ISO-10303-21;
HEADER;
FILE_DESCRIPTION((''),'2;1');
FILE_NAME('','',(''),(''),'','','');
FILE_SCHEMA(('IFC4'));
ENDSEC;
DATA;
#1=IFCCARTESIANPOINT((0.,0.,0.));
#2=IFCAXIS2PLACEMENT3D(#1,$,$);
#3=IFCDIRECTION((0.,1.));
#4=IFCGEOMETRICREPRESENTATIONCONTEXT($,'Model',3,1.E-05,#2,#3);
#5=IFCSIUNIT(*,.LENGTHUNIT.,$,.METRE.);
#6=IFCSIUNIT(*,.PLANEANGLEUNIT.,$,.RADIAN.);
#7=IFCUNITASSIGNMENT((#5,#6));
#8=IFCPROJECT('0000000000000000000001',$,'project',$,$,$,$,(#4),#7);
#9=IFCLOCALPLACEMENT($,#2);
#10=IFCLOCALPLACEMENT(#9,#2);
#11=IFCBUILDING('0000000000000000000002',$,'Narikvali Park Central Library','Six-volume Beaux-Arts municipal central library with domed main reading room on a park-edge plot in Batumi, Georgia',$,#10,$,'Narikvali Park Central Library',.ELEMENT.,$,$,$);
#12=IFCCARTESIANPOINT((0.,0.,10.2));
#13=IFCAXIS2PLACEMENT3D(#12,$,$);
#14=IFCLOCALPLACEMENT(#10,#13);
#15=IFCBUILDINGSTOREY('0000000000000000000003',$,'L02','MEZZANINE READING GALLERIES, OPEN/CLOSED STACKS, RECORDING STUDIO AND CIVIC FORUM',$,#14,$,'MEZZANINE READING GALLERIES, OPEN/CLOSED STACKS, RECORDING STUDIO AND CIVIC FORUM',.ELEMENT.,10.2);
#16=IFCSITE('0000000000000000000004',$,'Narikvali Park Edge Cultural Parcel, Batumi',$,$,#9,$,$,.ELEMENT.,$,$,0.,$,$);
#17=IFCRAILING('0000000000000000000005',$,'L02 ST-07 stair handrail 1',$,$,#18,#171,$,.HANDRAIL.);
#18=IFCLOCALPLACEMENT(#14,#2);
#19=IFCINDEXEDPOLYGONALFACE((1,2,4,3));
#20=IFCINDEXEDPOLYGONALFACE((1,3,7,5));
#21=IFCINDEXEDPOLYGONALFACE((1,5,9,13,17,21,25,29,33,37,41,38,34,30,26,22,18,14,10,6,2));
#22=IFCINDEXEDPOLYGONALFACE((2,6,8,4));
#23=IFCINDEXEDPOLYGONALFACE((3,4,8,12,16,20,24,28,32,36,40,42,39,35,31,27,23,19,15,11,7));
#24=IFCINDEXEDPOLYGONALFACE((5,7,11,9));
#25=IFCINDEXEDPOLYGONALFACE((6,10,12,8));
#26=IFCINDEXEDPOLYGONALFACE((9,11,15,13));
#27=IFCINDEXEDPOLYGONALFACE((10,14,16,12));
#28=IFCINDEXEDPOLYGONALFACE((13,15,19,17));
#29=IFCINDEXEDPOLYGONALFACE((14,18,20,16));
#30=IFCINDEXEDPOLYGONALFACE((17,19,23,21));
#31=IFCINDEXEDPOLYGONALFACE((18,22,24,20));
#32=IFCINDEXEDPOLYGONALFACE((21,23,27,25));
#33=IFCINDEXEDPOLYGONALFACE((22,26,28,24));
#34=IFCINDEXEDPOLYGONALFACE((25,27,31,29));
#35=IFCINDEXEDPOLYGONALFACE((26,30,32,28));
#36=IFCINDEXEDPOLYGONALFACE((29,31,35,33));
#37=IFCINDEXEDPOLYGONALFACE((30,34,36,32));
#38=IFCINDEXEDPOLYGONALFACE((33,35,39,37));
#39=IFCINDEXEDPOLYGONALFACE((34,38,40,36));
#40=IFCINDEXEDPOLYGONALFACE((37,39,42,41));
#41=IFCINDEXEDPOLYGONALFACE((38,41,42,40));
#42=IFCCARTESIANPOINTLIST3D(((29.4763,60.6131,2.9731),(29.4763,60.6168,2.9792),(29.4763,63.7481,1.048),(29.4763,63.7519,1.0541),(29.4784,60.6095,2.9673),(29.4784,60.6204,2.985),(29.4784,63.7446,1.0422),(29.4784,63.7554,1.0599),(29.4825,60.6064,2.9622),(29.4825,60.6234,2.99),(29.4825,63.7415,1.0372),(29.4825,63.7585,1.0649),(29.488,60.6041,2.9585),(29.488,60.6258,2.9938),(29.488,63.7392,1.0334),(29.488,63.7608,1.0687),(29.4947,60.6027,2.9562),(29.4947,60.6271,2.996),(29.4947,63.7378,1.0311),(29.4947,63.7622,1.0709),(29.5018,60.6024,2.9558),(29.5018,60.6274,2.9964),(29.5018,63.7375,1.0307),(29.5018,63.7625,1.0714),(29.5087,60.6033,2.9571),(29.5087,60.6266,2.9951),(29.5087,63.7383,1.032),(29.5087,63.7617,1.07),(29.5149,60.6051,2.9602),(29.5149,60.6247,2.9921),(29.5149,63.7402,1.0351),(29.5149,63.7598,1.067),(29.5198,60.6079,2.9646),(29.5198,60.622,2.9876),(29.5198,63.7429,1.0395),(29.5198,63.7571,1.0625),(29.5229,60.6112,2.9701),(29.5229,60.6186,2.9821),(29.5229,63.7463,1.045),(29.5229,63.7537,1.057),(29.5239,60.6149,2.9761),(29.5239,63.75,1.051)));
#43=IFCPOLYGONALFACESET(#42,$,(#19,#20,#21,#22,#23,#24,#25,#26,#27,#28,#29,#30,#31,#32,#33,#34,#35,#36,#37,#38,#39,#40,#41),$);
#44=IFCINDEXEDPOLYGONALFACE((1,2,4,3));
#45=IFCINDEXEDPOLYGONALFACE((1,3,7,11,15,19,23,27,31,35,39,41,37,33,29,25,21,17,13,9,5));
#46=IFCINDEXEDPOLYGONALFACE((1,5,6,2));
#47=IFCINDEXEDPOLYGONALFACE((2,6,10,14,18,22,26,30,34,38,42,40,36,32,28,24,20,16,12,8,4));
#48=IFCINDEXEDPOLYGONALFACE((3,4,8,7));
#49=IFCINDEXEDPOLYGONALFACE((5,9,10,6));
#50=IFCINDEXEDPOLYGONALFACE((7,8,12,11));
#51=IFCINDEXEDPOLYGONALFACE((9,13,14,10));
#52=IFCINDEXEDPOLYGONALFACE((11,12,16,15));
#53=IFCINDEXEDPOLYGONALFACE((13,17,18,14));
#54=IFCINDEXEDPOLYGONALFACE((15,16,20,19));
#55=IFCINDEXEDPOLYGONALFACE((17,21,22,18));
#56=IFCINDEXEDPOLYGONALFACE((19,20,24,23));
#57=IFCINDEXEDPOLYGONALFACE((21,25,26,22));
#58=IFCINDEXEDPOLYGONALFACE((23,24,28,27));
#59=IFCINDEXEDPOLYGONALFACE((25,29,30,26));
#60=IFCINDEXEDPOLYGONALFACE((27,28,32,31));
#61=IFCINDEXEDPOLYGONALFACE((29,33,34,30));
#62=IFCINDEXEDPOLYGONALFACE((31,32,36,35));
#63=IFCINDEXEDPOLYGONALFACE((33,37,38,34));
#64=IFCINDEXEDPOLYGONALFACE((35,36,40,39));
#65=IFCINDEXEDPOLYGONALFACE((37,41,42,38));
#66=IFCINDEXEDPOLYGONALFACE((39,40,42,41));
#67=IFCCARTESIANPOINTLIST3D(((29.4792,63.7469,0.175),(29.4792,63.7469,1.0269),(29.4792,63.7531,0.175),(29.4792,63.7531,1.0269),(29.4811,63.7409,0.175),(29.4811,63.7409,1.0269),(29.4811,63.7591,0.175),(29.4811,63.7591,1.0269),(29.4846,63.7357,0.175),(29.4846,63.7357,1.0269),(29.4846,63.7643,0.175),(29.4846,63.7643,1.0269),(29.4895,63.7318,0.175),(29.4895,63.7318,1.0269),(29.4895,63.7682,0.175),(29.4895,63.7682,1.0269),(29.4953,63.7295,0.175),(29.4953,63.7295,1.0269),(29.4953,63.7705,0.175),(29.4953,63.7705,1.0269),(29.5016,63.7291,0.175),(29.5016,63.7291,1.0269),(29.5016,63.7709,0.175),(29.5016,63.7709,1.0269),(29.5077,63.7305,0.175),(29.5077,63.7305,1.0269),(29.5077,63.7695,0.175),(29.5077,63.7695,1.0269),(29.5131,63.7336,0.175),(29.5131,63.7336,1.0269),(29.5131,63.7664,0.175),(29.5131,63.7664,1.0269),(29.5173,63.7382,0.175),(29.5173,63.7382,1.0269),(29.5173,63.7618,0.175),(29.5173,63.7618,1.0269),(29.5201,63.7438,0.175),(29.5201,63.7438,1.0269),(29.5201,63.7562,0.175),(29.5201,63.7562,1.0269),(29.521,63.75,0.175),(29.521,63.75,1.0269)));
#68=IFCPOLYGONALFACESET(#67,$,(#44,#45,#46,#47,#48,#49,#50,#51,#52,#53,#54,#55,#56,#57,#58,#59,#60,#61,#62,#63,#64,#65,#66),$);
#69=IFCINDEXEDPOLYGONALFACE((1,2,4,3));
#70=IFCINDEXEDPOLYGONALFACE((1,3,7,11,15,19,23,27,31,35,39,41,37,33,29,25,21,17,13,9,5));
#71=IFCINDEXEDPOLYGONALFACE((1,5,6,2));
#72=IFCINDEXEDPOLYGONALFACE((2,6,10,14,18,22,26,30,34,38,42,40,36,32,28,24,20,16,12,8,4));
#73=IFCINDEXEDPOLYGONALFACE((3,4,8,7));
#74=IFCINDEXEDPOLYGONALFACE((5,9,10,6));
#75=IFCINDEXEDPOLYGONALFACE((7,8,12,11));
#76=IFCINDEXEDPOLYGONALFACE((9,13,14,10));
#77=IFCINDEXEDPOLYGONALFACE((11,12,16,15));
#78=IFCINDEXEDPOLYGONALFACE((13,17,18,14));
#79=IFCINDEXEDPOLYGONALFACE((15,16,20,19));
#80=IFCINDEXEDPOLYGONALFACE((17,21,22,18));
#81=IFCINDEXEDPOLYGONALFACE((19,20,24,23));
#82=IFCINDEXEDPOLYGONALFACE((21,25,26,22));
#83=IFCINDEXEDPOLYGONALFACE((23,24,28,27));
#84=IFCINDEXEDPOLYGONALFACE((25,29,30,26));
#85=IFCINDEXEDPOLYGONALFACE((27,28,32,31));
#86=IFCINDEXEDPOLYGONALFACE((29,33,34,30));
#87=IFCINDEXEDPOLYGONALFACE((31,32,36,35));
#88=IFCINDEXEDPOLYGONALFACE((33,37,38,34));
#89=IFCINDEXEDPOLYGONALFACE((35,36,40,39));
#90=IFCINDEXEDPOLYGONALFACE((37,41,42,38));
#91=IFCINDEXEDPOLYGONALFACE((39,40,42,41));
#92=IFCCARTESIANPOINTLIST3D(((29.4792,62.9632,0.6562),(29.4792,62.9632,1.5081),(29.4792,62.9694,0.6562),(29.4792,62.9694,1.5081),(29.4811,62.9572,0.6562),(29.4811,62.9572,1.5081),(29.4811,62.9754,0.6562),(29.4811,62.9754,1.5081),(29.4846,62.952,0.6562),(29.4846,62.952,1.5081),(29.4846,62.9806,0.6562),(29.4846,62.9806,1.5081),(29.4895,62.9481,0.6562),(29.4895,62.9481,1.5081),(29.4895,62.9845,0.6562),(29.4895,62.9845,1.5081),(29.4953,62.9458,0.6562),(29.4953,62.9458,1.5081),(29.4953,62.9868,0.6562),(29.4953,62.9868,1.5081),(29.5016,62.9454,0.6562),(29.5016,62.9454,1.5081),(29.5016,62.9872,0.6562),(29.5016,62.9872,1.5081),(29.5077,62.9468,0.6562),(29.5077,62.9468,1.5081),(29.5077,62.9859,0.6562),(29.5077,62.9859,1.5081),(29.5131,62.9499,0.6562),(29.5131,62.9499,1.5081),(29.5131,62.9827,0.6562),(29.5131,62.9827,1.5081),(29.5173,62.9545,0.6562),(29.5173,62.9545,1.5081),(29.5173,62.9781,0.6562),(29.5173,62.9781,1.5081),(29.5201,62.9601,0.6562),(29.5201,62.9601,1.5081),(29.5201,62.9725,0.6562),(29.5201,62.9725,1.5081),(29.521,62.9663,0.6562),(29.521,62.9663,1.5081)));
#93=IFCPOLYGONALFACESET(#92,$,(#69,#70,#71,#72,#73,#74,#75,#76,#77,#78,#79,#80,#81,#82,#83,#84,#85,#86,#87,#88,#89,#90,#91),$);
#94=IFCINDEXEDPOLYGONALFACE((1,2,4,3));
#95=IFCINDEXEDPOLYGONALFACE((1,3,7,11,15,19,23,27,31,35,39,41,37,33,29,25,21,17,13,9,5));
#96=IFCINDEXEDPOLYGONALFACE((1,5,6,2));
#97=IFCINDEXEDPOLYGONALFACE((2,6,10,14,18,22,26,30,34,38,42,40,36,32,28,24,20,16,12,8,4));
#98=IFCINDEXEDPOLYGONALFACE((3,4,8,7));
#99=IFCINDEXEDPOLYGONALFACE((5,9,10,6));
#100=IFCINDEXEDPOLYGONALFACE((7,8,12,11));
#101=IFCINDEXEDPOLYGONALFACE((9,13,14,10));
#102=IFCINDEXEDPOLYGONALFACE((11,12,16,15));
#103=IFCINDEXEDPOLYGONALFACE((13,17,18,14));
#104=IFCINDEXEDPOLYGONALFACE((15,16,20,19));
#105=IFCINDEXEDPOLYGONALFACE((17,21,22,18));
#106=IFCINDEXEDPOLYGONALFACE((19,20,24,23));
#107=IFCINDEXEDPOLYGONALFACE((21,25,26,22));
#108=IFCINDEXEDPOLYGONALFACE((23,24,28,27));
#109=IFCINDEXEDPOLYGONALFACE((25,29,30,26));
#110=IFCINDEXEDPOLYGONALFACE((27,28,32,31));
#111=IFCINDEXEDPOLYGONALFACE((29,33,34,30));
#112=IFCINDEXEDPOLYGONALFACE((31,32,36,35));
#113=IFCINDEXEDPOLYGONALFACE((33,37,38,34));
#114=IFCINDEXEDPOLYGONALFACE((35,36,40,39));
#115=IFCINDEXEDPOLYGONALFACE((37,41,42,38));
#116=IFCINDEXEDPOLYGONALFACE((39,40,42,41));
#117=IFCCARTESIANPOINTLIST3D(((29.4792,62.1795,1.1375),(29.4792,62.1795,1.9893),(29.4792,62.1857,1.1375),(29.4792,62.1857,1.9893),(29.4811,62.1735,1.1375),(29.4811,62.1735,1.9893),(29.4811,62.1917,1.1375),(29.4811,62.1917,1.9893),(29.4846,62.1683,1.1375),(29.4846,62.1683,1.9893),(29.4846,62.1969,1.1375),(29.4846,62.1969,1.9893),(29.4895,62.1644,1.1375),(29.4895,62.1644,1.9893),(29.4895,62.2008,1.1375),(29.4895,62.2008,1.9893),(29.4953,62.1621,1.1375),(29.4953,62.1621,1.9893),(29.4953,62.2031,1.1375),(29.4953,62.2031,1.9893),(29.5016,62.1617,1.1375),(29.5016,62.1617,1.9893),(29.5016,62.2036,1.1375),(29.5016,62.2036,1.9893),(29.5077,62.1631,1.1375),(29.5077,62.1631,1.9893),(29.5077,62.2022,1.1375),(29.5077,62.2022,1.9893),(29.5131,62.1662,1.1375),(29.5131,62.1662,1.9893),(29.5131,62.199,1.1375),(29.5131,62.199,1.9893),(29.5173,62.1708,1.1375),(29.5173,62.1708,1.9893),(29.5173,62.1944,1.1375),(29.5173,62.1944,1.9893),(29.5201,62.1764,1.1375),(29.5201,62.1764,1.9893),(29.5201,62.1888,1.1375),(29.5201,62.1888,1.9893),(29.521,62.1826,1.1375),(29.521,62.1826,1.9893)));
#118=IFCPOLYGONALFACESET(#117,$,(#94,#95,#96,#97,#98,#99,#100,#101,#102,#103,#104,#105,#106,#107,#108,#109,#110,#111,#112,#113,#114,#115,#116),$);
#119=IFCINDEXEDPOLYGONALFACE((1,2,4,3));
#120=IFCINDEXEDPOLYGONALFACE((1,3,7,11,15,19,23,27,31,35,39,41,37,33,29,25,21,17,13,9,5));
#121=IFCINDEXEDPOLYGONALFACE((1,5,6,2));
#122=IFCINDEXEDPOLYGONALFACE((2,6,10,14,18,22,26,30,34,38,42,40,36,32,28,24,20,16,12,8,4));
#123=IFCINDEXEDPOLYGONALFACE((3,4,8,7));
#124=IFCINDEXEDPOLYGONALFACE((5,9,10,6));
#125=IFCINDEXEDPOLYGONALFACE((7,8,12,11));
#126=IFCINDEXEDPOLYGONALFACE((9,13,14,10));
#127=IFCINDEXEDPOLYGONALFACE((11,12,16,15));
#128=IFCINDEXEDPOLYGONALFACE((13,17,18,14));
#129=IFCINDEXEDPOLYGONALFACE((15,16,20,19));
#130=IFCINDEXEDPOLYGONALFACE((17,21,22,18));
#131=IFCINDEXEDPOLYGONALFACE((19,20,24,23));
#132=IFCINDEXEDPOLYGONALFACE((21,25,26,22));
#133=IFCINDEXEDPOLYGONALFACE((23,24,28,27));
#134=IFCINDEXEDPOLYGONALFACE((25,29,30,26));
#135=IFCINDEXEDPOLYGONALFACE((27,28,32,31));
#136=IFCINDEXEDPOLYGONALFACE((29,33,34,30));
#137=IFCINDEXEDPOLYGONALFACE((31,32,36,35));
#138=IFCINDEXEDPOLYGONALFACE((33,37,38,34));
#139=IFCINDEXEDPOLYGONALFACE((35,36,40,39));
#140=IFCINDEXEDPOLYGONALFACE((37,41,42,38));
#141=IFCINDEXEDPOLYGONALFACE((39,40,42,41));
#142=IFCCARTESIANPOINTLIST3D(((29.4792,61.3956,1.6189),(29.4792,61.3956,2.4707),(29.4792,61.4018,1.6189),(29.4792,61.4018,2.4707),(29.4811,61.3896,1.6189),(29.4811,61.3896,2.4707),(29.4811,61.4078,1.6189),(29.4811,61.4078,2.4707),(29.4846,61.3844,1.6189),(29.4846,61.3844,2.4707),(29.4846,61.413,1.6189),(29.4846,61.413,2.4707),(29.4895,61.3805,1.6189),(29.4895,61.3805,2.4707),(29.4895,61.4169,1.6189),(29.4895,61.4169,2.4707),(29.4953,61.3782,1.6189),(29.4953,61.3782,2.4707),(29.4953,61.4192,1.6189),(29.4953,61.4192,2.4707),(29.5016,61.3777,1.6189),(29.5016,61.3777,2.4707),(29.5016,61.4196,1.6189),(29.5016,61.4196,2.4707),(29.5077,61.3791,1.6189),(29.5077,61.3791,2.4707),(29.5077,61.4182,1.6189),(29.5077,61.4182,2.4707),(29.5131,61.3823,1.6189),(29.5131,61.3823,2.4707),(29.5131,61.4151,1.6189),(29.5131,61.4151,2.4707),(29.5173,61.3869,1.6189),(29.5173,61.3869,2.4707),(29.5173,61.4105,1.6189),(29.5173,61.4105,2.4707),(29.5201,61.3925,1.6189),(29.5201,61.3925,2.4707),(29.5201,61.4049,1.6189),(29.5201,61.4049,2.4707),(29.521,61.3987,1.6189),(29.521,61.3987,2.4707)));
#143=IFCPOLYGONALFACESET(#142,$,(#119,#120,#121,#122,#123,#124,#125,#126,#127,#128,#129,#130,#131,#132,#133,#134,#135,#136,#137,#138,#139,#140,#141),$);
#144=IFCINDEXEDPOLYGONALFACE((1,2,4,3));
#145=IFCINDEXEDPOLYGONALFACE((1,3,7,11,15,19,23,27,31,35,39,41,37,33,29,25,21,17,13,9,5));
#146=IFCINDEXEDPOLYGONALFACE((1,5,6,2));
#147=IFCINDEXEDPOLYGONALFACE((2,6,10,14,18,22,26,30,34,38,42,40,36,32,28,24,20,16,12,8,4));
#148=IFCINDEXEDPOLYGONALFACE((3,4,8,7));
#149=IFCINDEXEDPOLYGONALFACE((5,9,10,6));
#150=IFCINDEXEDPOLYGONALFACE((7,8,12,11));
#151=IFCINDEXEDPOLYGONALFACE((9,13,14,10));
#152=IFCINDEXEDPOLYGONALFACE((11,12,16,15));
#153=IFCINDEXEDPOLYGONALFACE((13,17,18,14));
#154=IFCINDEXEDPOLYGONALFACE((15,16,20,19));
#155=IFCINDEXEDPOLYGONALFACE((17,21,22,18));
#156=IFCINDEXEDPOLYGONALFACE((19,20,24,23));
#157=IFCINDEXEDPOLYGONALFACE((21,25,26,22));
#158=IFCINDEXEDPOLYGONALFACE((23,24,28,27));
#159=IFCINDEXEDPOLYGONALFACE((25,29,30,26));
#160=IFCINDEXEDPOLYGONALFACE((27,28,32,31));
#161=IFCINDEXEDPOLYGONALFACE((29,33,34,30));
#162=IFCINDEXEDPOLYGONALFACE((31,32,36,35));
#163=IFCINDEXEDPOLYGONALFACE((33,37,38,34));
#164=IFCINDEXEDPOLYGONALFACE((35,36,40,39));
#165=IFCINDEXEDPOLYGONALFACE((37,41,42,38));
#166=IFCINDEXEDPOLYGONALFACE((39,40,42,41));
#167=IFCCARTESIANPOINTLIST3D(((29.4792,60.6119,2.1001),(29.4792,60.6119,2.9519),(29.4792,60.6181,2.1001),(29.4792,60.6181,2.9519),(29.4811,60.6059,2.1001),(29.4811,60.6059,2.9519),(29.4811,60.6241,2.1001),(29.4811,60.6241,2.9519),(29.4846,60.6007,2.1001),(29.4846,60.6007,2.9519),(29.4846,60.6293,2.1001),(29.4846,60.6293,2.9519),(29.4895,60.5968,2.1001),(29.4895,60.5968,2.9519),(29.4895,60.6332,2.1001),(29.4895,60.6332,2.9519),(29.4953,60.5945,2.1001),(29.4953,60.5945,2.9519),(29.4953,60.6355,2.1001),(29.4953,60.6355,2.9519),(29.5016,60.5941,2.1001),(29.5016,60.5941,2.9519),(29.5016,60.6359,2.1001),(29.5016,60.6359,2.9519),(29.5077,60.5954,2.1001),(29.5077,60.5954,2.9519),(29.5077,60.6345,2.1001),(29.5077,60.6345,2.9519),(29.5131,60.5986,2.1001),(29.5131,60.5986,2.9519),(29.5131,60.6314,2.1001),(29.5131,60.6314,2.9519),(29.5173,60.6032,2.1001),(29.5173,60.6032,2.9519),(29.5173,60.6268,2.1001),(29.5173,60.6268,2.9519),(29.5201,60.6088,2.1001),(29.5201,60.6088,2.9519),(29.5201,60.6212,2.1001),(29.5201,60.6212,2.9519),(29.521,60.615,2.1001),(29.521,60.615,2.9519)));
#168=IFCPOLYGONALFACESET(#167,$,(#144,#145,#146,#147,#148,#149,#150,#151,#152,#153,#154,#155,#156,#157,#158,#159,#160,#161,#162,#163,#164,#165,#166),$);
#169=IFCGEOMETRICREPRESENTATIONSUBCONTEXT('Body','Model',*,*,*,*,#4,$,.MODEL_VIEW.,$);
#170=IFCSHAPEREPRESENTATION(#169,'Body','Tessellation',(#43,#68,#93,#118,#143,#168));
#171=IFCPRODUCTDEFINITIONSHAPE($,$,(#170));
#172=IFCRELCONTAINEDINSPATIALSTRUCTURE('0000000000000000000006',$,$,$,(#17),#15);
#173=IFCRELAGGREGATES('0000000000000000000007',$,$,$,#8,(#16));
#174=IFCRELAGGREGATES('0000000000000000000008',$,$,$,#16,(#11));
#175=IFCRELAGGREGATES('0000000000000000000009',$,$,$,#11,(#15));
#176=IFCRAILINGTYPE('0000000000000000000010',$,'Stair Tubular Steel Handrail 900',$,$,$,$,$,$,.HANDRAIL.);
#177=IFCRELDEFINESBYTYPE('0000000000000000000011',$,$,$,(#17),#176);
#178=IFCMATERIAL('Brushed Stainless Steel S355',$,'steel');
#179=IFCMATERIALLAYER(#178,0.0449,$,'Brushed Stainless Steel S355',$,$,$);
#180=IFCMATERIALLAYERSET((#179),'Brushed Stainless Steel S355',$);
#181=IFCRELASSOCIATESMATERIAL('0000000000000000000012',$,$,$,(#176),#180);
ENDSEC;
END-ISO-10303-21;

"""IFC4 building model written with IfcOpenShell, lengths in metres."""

from ifc_helpers import new_model, si_unit, direction, frame, origin, origin_2d, place, context, subcontext, project, spatial, circle, extrude, material, layer, layer_set, type_object, element, save


model = new_model("IFC4")

# Units and contexts
model_context = context("Model", 3, precision=1e-05, world=origin(), true_north=direction((0.0, 1.0)))
body_context = subcontext(model_context, "Body", "Model", "MODEL_VIEW")
ifc_project = project(units=[si_unit("LENGTHUNIT", "METRE"), si_unit("PLANEANGLEUNIT", "RADIAN")], contexts=[model_context])

# Site, building, storey
site_placement = place(None, origin())
site = spatial("IfcSite", under=ifc_project, at=site_placement, Name="Narikvali Park Edge Cultural Parcel, Batumi", CompositionType="ELEMENT", RefElevation=0.0)
building_placement = place(site_placement, origin())
building = spatial("IfcBuilding", under=site, at=building_placement, Name="Narikvali Park Central Library", Description="Six-volume Beaux-Arts municipal central library with domed main reading room on a park-edge plot in Batumi, Georgia", LongName="Narikvali Park Central Library", CompositionType="ELEMENT")
storey_placement = place(building_placement, frame((0.0, 0.0, 10.2)))
storey = spatial("IfcBuildingStorey", under=building, at=storey_placement, Name="L02", Description="MEZZANINE READING GALLERIES, OPEN/CLOSED STACKS, RECORDING STUDIO AND CIVIC FORUM", LongName="MEZZANINE READING GALLERIES, OPEN/CLOSED STACKS, RECORDING STUDIO AND CIVIC FORUM", CompositionType="ELEMENT", Elevation=10.2)

# Shared definitions
ifc_material_1 = material(Name="Brushed Stainless Steel S355", Category="steel")

# Railing
ifc_layer_1 = layer(ifc_material_1, 0.0449, Name="Brushed Stainless Steel S355")
ifc_layer_set_1 = layer_set([ifc_layer_1], Name="Brushed Stainless Steel S355")
railing_type_1 = type_object("IfcRailingType", Name="Stair Tubular Steel Handrail 900", PredefinedType="HANDRAIL", material=ifc_layer_set_1)
railing_1_placement = place(storey_placement, frame((29.5, 63.75, 0.175)))
element("IfcRailing", 1, at=railing_1_placement, inside=storey, type_object=railing_type_1, Name="L02 ST-07 stair handrail 1", PredefinedType="HANDRAIL", context=body_context, shape_type="SweptSolid", body=[
    extrude(circle(Radius=0.0239, at=origin_2d()), frame((0.0, 0.0, 0.876), z_axis=(0.0, -0.852166, 0.523271), x_axis=(1.0, 0.0, 0.0)), (0.0, 0.0, 1.0), 3.679),
    extrude(circle(Radius=0.021, at=origin_2d()), origin(), (0.0, 0.0, 1.0), 0.8518),
    extrude(circle(Radius=0.021, at=origin_2d()), frame((0.0, -0.7837, 0.4812)), (0.0, 0.0, 1.0), 0.8518),
    extrude(circle(Radius=0.021, at=origin_2d()), frame((0.0, -1.5674, 0.9624)), (0.0, 0.0, 1.0), 0.8518),
    extrude(circle(Radius=0.021, at=origin_2d()), frame((0.0, -2.3513, 1.4438)), (0.0, 0.0, 1.0), 0.8518),
    extrude(circle(Radius=0.021, at=origin_2d()), frame((0.0, -3.135, 1.925)), (0.0, 0.0, 1.0), 0.8518),
])

save(model, "model.ifc")
